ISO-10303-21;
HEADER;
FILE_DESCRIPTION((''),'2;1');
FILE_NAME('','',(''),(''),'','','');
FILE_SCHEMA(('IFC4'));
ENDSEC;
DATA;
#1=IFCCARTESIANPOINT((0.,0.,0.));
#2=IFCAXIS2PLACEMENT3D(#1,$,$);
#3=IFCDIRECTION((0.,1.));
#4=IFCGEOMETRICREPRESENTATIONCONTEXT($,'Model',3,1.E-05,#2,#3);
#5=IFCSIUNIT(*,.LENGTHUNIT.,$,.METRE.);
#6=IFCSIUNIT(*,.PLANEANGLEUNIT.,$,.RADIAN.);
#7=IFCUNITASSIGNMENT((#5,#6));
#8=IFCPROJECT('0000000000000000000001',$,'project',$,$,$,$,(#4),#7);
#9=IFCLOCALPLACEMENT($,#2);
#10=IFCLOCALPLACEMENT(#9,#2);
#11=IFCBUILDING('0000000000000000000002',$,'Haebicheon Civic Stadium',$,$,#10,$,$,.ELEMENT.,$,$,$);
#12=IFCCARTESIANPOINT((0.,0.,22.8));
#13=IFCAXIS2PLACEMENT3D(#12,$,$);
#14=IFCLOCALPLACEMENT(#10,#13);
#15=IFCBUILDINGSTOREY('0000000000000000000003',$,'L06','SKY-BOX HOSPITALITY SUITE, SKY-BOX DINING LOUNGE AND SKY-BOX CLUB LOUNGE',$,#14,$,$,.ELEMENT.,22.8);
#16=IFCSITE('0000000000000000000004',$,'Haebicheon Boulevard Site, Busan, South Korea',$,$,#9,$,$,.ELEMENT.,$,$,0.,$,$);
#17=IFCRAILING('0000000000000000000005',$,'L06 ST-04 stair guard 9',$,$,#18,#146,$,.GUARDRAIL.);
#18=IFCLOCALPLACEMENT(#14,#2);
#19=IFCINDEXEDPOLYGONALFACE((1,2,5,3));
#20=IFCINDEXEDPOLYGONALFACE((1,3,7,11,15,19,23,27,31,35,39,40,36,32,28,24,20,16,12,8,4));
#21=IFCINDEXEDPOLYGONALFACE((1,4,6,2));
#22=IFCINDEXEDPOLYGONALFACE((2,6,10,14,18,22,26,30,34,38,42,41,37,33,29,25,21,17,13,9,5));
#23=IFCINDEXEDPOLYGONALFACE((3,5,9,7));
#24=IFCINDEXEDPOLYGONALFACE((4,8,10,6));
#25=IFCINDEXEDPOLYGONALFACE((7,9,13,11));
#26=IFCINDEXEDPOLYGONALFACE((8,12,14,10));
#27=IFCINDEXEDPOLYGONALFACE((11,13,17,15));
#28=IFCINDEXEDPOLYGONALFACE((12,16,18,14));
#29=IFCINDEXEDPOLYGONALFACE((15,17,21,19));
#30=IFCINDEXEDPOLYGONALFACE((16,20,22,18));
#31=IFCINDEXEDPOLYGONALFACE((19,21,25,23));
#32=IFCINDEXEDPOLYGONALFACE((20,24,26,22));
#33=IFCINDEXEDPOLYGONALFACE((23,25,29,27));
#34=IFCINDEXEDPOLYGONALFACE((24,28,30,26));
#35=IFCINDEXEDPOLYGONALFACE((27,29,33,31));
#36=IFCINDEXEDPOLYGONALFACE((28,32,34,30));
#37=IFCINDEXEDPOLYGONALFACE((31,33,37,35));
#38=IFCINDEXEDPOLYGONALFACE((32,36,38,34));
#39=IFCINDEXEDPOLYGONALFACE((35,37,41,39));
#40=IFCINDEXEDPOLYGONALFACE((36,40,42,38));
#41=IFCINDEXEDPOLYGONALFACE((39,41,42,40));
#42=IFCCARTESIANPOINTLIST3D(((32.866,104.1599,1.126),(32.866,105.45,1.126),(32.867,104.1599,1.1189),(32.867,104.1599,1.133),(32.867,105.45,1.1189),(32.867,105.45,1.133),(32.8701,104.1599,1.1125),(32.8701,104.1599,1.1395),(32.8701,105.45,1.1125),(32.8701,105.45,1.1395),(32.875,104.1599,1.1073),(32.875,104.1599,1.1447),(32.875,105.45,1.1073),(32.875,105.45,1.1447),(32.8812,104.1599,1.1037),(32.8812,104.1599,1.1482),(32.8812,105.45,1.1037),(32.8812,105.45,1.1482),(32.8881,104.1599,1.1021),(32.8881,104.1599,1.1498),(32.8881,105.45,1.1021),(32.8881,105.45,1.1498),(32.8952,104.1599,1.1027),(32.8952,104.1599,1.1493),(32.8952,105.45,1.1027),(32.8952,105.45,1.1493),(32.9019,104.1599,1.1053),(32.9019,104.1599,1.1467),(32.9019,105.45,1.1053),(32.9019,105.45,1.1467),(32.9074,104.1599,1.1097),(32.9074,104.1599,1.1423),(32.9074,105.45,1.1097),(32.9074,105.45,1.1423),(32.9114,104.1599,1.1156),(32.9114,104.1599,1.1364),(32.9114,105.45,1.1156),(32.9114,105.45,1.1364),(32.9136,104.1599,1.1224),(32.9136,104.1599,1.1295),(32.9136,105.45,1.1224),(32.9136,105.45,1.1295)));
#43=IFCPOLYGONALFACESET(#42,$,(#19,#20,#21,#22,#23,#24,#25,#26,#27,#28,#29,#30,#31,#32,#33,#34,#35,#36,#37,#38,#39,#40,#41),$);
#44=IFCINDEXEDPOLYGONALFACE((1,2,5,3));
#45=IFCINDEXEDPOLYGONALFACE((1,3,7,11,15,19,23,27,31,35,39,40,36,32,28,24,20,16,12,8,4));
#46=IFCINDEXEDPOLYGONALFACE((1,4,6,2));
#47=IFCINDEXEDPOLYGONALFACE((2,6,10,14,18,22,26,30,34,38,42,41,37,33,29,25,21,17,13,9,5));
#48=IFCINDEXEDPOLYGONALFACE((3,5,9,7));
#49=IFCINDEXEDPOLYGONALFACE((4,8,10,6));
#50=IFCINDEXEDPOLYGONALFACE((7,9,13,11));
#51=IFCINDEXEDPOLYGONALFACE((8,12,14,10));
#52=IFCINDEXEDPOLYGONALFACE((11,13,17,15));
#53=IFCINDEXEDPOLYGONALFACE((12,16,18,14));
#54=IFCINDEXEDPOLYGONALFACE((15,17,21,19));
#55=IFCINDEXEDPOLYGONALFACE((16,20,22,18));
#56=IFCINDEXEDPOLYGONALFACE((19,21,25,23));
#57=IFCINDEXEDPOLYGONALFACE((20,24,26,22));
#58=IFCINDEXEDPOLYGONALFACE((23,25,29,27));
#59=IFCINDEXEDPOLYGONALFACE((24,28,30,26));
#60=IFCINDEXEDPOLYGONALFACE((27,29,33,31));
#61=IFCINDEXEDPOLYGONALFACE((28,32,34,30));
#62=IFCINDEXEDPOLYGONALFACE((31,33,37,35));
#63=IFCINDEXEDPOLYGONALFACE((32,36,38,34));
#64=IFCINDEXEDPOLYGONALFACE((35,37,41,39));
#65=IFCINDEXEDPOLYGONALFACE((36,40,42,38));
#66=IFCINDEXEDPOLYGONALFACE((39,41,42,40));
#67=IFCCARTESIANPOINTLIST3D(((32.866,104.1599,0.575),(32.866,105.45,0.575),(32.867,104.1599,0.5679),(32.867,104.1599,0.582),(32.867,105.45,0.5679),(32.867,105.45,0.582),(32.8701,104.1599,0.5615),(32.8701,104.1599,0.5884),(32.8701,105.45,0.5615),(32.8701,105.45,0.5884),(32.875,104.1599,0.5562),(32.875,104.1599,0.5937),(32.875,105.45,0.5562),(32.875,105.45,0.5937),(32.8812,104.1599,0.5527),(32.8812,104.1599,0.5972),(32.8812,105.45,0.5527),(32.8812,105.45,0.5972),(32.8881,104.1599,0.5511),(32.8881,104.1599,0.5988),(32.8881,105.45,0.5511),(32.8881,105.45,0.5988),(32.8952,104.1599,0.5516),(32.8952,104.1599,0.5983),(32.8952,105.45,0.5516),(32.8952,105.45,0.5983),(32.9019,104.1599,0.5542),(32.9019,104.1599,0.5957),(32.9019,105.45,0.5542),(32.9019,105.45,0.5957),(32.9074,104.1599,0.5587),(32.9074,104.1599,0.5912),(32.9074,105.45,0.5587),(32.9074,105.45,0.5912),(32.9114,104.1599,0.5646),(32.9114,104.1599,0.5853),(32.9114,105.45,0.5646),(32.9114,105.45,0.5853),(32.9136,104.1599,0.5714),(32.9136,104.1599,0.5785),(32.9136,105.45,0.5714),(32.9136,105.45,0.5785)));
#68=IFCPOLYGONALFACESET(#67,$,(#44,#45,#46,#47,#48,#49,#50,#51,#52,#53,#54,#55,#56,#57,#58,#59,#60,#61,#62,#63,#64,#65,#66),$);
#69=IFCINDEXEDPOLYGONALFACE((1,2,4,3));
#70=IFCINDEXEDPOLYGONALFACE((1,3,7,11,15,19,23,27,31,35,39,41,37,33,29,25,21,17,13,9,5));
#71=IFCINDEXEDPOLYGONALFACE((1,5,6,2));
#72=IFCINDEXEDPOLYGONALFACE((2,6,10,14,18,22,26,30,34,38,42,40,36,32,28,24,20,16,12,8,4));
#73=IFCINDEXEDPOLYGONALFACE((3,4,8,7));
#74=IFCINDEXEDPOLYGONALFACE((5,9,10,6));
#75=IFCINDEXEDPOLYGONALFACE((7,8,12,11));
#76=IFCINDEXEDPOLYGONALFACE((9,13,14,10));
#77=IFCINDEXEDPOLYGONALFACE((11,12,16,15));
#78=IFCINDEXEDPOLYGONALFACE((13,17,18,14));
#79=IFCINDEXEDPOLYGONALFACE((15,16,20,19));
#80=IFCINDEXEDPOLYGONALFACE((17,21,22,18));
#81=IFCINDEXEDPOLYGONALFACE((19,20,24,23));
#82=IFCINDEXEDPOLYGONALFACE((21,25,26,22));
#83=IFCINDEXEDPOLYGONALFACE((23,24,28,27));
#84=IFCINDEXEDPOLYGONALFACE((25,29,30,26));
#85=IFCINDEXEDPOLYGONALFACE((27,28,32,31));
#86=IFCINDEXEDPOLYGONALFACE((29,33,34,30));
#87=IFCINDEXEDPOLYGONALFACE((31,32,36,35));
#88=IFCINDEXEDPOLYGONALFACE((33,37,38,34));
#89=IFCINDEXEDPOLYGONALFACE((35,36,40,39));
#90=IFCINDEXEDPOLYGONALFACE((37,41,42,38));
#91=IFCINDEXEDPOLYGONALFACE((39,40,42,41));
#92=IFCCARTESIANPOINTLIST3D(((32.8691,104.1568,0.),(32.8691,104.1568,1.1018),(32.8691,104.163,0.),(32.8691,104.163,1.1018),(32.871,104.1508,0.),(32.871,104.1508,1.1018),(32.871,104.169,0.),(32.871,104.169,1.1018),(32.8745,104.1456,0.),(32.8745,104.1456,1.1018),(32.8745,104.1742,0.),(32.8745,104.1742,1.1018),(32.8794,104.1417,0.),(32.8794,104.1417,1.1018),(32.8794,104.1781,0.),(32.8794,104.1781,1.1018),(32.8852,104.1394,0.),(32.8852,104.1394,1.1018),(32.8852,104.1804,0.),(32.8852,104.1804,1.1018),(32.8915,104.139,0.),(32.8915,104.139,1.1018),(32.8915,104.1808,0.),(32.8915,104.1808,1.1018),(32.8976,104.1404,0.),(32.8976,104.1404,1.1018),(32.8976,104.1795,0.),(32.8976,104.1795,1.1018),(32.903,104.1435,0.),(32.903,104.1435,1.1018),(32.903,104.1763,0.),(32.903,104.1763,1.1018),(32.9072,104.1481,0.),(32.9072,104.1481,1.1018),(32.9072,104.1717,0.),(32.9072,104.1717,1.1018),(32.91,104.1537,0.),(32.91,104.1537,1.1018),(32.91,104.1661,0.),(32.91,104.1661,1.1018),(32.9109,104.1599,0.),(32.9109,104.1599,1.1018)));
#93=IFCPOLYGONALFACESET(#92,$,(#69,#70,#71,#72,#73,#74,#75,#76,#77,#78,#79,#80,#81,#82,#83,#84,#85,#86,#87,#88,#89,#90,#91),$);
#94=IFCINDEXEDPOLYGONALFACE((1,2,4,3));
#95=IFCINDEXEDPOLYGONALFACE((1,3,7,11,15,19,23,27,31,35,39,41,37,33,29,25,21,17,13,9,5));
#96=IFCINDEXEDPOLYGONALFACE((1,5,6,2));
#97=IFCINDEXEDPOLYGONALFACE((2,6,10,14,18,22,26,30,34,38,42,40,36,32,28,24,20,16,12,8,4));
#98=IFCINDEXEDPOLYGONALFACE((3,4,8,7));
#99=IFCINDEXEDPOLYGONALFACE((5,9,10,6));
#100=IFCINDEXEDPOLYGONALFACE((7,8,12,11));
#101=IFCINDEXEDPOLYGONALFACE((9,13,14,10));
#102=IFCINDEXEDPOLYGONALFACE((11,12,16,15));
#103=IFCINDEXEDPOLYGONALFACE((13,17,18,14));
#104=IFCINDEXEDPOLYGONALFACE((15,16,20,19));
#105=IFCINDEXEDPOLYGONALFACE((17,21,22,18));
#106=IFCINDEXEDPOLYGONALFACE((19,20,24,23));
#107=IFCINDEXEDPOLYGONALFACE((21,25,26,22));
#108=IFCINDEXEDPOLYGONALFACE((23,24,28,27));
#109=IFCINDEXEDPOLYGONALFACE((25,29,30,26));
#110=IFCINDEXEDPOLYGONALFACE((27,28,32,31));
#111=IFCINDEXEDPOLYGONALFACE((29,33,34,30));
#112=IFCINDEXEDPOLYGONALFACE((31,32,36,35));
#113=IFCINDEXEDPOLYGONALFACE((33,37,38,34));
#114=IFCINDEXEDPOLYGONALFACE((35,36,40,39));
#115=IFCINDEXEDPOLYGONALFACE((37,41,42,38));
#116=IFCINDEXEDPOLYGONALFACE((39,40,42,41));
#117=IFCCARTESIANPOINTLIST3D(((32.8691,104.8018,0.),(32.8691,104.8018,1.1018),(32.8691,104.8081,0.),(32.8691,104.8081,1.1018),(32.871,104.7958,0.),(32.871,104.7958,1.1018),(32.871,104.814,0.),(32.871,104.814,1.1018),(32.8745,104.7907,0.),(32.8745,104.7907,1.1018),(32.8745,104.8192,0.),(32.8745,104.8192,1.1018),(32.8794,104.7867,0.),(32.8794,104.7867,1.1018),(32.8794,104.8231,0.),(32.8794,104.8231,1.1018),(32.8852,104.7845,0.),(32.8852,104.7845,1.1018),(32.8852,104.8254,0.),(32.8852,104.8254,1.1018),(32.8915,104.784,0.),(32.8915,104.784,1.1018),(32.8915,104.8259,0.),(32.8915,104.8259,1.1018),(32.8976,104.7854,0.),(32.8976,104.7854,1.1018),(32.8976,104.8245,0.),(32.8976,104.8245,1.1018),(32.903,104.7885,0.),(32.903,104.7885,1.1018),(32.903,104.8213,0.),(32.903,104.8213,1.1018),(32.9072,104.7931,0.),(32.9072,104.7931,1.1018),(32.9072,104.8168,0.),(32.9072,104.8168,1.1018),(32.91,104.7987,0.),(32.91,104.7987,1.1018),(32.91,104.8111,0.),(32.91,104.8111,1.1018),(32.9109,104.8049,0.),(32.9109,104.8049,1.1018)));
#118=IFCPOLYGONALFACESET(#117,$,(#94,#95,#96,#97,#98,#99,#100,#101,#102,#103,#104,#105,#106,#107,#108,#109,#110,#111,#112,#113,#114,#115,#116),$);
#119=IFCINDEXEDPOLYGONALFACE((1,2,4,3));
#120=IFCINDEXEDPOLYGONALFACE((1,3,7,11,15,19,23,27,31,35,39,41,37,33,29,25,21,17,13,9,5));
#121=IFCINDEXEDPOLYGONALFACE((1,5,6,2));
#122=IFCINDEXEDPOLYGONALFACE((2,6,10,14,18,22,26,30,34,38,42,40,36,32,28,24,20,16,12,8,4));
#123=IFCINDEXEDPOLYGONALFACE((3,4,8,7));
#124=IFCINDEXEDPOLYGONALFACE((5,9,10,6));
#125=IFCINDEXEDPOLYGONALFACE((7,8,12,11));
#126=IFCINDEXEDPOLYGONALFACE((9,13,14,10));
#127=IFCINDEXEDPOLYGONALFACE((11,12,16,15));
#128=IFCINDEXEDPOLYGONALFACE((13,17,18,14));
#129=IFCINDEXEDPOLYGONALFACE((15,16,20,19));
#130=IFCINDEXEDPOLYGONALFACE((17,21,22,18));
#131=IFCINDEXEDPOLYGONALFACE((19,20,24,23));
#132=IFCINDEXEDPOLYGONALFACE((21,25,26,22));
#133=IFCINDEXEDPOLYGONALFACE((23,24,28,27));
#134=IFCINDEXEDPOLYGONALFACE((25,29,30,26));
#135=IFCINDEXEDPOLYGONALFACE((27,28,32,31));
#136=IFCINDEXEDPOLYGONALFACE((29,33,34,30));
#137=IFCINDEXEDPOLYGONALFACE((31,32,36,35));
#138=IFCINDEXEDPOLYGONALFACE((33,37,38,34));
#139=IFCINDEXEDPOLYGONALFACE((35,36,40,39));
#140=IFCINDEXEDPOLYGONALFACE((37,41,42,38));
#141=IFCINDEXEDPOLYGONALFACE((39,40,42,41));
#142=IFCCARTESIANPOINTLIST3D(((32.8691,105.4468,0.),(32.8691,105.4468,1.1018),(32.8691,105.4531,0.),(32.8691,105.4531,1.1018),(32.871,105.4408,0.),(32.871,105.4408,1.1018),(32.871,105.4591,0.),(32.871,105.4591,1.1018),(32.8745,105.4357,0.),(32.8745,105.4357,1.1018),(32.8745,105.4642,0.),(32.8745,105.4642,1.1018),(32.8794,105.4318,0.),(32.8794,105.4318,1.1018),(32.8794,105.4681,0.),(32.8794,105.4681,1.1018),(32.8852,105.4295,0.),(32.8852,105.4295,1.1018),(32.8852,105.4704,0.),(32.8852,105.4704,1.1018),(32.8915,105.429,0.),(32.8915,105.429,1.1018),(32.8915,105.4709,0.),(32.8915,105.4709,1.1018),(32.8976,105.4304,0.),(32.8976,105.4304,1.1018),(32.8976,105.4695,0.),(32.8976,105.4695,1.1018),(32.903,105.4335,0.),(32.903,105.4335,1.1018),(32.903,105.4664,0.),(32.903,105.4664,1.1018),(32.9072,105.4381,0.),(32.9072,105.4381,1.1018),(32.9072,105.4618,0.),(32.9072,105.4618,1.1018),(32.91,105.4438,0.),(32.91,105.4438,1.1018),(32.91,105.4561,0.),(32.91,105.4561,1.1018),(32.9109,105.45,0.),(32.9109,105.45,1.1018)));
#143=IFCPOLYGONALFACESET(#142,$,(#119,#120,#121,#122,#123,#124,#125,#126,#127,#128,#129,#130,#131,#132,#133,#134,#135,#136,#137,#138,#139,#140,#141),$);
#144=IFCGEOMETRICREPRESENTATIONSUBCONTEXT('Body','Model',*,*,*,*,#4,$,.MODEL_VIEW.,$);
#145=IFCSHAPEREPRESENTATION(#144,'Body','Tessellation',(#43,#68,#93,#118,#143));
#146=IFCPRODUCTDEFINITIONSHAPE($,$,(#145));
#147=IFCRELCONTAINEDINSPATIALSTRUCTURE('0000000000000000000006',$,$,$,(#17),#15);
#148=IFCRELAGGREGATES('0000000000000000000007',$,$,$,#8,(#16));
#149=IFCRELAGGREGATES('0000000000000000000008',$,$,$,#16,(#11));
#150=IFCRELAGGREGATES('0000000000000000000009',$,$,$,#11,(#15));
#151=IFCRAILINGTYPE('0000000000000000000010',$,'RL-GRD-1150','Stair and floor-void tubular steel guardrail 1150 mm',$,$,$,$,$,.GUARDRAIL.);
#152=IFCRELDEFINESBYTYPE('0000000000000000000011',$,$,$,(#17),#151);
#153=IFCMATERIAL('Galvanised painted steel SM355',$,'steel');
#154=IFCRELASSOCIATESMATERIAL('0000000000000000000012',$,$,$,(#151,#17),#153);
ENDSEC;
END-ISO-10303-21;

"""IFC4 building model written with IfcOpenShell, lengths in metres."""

from ifc_helpers import new_model, si_unit, direction, frame, origin, origin_2d, place, context, subcontext, project, spatial, circle, extrude, material, type_object, element, save


model = new_model("IFC4")

# Units and contexts
model_context = context("Model", 3, precision=1e-05, world=origin(), true_north=direction((0.0, 1.0)))
body_context = subcontext(model_context, "Body", "Model", "MODEL_VIEW")
ifc_project = project(units=[si_unit("LENGTHUNIT", "METRE"), si_unit("PLANEANGLEUNIT", "RADIAN")], contexts=[model_context])

# Site, building, storey
site_placement = place(None, origin())
site = spatial("IfcSite", under=ifc_project, at=site_placement, Name="Haebicheon Boulevard Site, Busan, South Korea", CompositionType="ELEMENT", RefElevation=0.0)
building_placement = place(site_placement, origin())
building = spatial("IfcBuilding", under=site, at=building_placement, Name="Haebicheon Civic Stadium", CompositionType="ELEMENT")
storey_placement = place(building_placement, frame((0.0, 0.0, 22.8)))
storey = spatial("IfcBuildingStorey", under=building, at=storey_placement, Name="L06", Description="SKY-BOX HOSPITALITY SUITE, SKY-BOX DINING LOUNGE AND SKY-BOX CLUB LOUNGE", CompositionType="ELEMENT", Elevation=22.8)

# Railing
ifc_material_1 = material(Name="Galvanised painted steel SM355", Category="steel")
railing_type_1 = type_object("IfcRailingType", Name="RL-GRD-1150", Description="Stair and floor-void tubular steel guardrail 1150 mm", PredefinedType="GUARDRAIL", material=ifc_material_1)
for number, where, name in (
    (1, (32.8899, 104.1599, 0.0), "L06 ST-04 stair guard 9"),
):
    element("IfcRailing", number, at=place(storey_placement, frame(where)), inside=storey, type_object=railing_type_1, material=ifc_material_1, Name=name, PredefinedType="GUARDRAIL", context=body_context, shape_type="SweptSolid", body=[
        extrude(circle(Radius=0.0239, at=origin_2d()), frame((0.0, 0.0, 1.126), z_axis=(0.0, 1.0, 0.0), x_axis=(-1.0, 0.0, 0.0)), (0.0, 0.0, 1.0), 1.29),
        extrude(circle(Radius=0.0239, at=origin_2d()), frame((0.0, 0.0, 0.575), z_axis=(0.0, 1.0, 0.0), x_axis=(-1.0, 0.0, 0.0)), (0.0, 0.0, 1.0), 1.29),
        extrude(circle(Radius=0.021, at=origin_2d()), origin(), (0.0, 0.0, 1.0), 1.1018),
        extrude(circle(Radius=0.021, at=origin_2d()), frame((0.0, 0.645, 0.0)), (0.0, 0.0, 1.0), 1.1018),
        extrude(circle(Radius=0.021, at=origin_2d()), frame((0.0, 1.29, 0.0)), (0.0, 0.0, 1.0), 1.1018),
    ])

save(model, "model.ifc")
